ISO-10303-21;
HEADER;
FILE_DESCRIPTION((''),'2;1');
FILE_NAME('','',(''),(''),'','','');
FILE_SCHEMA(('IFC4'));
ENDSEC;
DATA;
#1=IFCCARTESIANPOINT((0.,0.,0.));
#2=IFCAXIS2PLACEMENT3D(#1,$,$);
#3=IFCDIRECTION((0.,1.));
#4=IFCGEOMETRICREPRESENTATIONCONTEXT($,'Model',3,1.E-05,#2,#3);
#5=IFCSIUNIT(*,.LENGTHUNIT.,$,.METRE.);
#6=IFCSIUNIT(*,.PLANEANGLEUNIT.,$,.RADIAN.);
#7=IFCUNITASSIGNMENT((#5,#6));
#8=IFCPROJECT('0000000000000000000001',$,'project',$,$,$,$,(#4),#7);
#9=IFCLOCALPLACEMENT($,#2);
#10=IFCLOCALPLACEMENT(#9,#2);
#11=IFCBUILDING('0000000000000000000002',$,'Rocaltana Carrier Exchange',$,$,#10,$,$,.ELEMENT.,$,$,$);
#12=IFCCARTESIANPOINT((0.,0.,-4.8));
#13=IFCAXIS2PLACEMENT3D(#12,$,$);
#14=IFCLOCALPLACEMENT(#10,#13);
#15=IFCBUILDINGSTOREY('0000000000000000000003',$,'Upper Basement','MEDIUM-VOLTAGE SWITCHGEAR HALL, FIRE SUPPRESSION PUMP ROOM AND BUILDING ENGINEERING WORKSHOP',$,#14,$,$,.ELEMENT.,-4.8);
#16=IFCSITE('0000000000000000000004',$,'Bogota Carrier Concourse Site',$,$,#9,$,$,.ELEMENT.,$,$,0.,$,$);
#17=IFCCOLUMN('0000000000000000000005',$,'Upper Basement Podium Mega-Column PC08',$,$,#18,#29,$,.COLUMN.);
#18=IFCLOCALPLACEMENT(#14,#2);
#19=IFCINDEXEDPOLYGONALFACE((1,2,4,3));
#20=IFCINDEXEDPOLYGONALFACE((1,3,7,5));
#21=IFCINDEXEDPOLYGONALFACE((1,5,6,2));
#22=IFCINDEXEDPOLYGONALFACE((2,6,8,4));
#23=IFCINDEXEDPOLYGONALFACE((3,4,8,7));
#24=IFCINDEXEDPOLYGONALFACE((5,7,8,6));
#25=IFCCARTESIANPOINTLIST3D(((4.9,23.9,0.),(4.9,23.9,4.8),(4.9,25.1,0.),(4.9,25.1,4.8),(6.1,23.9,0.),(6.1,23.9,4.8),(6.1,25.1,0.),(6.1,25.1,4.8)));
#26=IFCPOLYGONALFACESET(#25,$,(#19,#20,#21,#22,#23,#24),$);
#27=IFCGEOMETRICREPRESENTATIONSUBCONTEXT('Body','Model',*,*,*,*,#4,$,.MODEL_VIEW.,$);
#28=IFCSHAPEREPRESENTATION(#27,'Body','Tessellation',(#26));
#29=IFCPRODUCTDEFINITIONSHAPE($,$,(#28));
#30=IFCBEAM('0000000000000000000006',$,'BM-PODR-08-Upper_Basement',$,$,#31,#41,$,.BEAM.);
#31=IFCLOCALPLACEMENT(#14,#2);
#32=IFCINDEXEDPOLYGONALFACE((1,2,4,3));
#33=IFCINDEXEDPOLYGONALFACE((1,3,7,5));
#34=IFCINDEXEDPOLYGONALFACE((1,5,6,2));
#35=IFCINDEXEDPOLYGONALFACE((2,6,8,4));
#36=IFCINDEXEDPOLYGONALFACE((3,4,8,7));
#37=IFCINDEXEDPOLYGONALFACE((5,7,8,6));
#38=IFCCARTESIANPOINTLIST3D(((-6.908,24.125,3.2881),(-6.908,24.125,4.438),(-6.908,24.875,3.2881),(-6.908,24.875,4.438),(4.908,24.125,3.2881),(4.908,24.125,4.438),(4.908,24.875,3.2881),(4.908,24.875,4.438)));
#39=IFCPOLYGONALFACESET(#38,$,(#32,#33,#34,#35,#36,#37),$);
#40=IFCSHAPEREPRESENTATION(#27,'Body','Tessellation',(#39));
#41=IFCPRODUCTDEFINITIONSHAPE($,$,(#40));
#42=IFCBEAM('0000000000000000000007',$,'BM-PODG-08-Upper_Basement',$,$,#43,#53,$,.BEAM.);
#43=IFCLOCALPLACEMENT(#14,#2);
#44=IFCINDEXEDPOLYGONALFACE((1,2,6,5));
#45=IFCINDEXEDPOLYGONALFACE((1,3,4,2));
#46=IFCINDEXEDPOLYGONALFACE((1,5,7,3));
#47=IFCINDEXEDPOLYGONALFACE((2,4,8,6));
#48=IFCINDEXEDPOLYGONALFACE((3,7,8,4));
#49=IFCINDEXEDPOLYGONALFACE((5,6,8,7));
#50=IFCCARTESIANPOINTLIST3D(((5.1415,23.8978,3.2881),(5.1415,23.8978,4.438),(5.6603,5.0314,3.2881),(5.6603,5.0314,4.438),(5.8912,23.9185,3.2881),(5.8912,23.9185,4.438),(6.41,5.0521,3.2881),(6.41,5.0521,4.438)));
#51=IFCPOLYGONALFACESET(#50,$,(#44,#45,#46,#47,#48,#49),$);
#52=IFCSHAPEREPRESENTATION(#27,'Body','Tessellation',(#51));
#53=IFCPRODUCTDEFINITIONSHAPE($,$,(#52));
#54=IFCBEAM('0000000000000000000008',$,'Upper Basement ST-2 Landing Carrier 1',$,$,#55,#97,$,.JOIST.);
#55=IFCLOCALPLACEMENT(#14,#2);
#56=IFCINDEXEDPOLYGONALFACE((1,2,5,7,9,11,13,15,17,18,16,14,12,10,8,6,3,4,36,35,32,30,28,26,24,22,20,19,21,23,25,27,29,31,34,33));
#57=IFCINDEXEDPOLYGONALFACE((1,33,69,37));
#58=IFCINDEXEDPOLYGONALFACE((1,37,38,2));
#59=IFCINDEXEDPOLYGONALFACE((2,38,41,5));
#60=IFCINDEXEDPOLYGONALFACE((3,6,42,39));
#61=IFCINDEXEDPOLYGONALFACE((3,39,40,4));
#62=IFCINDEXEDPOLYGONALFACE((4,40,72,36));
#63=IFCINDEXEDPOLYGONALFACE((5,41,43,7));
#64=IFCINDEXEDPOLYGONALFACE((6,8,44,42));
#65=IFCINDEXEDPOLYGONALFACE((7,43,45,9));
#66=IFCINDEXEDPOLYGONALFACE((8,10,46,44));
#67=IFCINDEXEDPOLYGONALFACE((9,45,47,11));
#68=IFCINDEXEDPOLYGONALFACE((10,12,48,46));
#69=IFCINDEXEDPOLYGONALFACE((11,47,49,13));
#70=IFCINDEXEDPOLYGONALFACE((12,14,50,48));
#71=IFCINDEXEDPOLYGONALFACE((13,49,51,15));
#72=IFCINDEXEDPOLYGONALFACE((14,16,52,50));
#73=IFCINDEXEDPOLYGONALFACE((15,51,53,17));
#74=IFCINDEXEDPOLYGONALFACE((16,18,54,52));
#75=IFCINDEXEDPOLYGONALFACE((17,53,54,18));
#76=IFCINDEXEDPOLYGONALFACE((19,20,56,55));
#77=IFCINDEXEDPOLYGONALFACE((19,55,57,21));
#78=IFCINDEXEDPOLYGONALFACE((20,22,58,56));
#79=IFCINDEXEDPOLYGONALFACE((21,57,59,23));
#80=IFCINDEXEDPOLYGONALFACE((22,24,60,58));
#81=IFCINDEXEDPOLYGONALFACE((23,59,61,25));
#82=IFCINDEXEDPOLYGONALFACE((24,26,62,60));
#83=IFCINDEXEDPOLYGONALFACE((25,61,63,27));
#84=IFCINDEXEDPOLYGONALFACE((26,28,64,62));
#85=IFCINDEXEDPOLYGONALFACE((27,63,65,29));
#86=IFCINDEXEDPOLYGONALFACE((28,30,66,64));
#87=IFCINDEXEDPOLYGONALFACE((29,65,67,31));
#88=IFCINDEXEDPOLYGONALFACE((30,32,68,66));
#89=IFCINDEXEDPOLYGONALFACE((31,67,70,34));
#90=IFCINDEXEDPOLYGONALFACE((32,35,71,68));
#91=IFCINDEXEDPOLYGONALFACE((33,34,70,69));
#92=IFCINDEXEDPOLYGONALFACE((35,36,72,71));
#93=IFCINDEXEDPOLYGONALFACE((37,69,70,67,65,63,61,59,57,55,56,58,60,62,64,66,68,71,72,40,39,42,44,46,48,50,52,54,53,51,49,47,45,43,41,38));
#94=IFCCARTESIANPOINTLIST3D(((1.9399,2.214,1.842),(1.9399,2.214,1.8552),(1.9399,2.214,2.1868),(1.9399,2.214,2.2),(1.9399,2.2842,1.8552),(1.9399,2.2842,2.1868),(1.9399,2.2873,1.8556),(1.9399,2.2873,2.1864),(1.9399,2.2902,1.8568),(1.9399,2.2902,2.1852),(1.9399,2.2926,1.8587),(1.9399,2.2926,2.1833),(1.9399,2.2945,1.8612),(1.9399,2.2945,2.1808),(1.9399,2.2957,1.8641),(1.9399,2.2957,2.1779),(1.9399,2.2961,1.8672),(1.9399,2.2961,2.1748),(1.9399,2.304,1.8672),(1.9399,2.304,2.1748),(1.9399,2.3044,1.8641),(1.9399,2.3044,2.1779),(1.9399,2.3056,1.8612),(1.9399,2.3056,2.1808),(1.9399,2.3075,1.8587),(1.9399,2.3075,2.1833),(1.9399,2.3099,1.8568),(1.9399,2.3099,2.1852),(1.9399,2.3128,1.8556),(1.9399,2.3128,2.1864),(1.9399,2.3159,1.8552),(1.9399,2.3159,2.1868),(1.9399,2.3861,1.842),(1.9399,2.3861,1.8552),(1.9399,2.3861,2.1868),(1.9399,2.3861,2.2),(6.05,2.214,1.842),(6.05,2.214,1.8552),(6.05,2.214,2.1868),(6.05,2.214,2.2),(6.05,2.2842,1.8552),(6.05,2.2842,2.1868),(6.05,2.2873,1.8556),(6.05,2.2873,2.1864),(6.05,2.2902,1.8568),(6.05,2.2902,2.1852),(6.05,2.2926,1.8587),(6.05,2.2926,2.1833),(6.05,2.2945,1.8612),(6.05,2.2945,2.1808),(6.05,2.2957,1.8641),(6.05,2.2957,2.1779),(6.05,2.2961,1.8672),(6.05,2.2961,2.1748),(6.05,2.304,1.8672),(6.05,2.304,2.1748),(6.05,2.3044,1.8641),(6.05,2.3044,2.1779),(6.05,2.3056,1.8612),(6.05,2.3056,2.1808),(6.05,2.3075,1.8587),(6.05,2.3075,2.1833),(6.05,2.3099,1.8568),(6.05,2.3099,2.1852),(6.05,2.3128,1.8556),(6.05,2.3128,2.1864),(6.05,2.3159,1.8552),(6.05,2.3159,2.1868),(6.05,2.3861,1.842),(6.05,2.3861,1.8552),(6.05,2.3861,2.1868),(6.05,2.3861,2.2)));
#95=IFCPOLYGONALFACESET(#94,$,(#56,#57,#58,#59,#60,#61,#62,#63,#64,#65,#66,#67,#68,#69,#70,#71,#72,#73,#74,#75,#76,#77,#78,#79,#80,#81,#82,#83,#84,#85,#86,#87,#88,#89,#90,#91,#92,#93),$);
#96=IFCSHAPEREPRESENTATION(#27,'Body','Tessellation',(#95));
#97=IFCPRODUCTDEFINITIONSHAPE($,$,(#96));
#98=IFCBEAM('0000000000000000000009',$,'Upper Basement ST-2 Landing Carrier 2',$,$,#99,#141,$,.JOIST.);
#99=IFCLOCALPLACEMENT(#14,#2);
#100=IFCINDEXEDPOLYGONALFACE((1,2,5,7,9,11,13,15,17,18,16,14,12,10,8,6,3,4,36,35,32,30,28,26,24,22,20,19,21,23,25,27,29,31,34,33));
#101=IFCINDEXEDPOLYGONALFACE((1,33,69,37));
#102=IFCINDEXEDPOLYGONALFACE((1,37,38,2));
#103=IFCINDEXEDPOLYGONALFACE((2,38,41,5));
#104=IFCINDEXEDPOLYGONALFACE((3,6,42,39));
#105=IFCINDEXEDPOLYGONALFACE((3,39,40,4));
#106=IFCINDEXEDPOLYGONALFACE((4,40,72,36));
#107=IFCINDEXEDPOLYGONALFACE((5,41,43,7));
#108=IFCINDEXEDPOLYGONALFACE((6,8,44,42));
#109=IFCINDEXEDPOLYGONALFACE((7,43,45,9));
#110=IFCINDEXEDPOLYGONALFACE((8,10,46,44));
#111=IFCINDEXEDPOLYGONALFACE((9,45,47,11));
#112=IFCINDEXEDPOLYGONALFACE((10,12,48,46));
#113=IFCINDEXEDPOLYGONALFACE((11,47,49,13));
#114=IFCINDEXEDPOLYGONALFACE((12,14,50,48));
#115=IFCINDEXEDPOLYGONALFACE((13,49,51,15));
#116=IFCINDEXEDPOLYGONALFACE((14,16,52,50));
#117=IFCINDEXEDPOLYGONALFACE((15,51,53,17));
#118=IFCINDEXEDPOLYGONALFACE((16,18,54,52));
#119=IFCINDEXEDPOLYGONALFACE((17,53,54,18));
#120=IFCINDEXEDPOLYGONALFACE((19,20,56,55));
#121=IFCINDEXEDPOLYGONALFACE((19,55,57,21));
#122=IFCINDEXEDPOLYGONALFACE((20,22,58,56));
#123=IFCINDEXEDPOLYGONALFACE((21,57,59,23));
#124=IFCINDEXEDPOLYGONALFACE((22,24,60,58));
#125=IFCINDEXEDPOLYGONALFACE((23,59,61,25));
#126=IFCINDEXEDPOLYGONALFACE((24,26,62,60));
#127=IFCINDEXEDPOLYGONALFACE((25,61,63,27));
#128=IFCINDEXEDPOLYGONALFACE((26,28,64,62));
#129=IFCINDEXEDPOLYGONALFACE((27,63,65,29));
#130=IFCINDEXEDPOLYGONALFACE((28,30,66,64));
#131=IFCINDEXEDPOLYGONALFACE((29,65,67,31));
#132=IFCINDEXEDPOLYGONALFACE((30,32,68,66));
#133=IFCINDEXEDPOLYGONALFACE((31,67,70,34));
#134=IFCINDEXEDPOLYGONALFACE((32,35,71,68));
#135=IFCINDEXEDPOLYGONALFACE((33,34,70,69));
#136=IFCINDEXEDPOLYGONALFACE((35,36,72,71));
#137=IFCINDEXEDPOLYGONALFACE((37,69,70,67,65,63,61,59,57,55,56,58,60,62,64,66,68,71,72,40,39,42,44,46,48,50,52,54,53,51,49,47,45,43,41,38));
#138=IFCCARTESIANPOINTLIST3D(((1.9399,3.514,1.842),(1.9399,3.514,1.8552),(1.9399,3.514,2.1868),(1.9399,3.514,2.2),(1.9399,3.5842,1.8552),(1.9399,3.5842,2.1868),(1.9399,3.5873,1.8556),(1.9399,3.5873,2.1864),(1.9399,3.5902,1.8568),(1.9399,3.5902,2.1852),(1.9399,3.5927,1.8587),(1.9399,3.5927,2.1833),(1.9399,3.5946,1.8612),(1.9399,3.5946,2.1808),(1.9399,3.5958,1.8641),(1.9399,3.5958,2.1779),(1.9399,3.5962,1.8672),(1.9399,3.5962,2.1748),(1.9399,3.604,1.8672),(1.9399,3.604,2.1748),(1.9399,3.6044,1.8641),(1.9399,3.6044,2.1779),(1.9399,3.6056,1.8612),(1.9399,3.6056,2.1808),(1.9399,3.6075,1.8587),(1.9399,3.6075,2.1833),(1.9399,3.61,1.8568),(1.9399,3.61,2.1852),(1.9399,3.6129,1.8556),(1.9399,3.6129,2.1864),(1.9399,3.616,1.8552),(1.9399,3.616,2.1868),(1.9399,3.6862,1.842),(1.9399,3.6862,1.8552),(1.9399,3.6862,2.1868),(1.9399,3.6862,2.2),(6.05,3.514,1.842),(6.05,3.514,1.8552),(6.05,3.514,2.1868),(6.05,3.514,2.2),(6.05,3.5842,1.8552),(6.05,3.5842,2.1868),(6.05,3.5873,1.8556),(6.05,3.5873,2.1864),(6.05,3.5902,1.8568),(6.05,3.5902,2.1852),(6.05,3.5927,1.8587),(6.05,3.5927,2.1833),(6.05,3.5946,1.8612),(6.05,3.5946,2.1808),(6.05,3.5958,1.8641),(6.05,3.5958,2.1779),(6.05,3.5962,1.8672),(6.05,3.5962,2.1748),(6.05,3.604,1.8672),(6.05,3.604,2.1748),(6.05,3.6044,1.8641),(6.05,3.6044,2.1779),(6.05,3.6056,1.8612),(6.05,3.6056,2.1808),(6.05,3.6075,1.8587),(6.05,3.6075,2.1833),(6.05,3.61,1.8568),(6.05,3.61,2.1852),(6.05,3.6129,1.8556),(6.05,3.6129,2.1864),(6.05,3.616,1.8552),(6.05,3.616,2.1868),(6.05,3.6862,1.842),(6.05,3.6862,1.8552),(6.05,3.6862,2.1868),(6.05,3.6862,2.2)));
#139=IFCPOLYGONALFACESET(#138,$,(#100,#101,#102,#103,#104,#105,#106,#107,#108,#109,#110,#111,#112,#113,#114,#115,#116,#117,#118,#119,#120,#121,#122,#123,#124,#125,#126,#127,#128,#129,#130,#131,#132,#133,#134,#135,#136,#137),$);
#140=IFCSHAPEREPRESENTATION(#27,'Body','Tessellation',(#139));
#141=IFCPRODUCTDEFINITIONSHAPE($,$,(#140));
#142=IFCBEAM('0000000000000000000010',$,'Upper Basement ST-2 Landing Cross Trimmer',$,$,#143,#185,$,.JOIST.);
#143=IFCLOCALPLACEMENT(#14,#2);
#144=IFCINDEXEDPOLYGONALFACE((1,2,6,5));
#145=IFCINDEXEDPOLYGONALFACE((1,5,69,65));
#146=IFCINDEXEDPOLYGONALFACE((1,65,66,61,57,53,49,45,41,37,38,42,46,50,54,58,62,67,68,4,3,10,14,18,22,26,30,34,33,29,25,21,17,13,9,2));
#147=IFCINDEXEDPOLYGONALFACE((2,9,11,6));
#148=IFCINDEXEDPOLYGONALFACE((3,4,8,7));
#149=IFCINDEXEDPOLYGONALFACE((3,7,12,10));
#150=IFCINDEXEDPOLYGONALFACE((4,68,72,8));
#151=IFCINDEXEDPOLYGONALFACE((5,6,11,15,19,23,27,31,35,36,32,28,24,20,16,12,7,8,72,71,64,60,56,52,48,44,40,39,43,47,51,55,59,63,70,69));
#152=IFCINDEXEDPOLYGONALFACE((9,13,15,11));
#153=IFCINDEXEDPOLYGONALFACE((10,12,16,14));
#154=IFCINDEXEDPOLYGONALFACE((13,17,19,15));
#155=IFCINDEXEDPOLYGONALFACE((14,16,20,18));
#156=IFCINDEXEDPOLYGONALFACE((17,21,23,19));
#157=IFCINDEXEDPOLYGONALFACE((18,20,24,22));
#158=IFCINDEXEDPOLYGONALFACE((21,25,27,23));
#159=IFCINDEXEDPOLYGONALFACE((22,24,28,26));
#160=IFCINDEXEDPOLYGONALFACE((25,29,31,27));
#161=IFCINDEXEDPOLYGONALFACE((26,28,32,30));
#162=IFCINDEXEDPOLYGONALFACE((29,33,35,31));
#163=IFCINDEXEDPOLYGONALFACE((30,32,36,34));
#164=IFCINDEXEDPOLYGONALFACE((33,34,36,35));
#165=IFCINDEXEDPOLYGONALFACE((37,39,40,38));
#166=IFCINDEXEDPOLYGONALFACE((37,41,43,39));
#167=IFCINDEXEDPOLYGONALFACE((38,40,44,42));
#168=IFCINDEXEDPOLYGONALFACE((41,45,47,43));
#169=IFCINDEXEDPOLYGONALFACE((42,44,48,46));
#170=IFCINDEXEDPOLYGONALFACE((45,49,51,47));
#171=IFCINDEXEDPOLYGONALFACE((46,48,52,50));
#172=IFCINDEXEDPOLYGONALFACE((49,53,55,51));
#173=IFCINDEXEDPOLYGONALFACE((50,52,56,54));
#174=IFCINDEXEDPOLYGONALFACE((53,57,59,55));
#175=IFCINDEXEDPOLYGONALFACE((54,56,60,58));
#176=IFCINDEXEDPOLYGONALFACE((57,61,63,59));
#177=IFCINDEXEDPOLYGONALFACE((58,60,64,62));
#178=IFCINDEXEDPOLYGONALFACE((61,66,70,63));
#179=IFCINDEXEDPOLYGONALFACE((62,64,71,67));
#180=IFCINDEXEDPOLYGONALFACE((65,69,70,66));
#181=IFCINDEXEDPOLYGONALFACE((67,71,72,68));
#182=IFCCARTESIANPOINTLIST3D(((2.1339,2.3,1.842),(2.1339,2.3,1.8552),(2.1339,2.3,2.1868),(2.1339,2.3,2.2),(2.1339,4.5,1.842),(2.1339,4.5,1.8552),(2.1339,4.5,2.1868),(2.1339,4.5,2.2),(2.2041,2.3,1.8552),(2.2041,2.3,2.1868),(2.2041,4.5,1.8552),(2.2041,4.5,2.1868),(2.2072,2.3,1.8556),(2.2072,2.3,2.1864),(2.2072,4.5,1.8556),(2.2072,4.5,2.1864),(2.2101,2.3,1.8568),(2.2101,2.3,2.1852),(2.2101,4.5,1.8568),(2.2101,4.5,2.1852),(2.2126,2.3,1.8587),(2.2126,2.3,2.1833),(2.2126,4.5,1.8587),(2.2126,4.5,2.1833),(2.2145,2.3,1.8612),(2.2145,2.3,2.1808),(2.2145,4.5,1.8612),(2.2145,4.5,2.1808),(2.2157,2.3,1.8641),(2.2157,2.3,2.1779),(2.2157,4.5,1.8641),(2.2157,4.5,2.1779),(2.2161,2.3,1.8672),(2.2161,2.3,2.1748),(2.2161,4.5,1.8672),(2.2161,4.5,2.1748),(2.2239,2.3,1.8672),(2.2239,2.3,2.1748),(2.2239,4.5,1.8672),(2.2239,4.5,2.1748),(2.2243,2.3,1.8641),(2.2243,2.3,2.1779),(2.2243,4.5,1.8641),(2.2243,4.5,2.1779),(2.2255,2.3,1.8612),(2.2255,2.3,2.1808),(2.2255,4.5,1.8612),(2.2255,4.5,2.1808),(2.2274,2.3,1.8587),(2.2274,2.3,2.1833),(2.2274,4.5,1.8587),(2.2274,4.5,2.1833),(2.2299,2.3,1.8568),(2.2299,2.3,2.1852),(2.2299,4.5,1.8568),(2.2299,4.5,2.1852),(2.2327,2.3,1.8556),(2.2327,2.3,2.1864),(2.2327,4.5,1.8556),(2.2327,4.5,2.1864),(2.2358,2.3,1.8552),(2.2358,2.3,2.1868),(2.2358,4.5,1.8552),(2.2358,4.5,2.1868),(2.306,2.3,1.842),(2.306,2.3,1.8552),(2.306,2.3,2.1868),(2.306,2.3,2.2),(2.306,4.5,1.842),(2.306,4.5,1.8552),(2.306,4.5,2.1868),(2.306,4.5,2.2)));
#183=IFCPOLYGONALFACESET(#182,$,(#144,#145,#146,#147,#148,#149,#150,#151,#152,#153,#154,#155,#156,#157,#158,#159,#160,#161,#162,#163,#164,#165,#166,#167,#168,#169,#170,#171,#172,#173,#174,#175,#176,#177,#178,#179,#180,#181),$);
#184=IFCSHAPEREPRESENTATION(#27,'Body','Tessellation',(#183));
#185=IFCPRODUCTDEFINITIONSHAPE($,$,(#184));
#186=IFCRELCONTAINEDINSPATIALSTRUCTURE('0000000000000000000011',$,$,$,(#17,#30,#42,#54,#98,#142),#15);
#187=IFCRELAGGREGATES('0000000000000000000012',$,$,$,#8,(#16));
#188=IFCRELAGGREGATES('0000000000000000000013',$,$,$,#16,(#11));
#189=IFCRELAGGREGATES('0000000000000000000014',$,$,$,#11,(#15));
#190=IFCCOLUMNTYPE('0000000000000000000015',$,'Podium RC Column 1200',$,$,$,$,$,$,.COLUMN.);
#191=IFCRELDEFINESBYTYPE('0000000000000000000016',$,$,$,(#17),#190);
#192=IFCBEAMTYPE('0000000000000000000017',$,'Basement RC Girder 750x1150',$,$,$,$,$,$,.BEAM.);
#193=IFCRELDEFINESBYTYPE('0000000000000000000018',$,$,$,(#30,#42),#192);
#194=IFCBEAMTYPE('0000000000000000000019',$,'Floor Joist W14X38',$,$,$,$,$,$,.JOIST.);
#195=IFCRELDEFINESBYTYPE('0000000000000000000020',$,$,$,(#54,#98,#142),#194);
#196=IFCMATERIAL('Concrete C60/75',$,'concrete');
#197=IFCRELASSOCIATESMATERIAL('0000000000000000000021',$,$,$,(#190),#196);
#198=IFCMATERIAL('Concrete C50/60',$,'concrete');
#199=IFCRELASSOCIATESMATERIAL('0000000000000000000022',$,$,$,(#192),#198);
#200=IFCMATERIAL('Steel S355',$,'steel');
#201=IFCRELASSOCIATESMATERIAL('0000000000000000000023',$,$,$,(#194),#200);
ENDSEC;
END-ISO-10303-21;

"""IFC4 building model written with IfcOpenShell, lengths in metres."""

from ifc_helpers import new_model, si_unit, direction, frame, origin, origin_2d, place, context, subcontext, project, spatial, rectangle, i_section, extrude, material, material_profile, profile_set, type_object, element, save


model = new_model("IFC4")

# Units and contexts
model_context = context("Model", 3, precision=1e-05, world=origin(), true_north=direction((0.0, 1.0)))
body_context = subcontext(model_context, "Body", "Model", "MODEL_VIEW")
ifc_project = project(units=[si_unit("LENGTHUNIT", "METRE"), si_unit("PLANEANGLEUNIT", "RADIAN")], contexts=[model_context])

# Site, building, storey
site_placement = place(None, origin())
site = spatial("IfcSite", under=ifc_project, at=site_placement, Name="Bogota Carrier Concourse Site", CompositionType="ELEMENT", RefElevation=0.0)
building_placement = place(site_placement, origin())
building = spatial("IfcBuilding", under=site, at=building_placement, Name="Rocaltana Carrier Exchange", CompositionType="ELEMENT")
storey_placement = place(building_placement, frame((0.0, 0.0, -4.8)))
storey = spatial("IfcBuildingStorey", under=building, at=storey_placement, Name="Upper Basement", Description="MEDIUM-VOLTAGE SWITCHGEAR HALL, FIRE SUPPRESSION PUMP ROOM AND BUILDING ENGINEERING WORKSHOP", CompositionType="ELEMENT", Elevation=-4.8)

# Column
ifc_material_1 = material(Name="Concrete C60/75", Category="concrete")
ifc_material_profile_1 = material_profile(ifc_material_1, rectangle(XDim=1.2, YDim=1.2, at=origin_2d()), Name="RC-COL-1200X1200")
ifc_profile_set_1 = profile_set([ifc_material_profile_1], Name="Concrete C60/75")
column_type = type_object("IfcColumnType", Name="Podium RC Column 1200", PredefinedType="COLUMN", material=ifc_profile_set_1)
column_placement = place(storey_placement, frame((5.5, 24.5, 0.0), z_axis=(0.0, 0.0, 1.0), x_axis=(1.0, 0.0, 0.0)))
element("IfcColumn", 1, at=column_placement, inside=storey, type_object=column_type, Name="Upper Basement Podium Mega-Column PC08", PredefinedType="COLUMN", context=body_context, shape_type="SweptSolid", body=[
    extrude(rectangle(XDim=1.2, YDim=1.2, at=origin_2d()), origin(), (0.0, 0.0, 1.0), 4.8),
])

# Beams
ifc_material_2 = material(Name="Concrete C50/60", Category="concrete")
ifc_material_profile_2 = material_profile(ifc_material_2, rectangle(XDim=0.75, YDim=1.1499, at=origin_2d()), Name="RC-BM-750X1150")
ifc_profile_set_2 = profile_set([ifc_material_profile_2], Name="Concrete C50/60")
beam_type_1 = type_object("IfcBeamType", Name="Basement RC Girder 750x1150", PredefinedType="BEAM", material=ifc_profile_set_2)
beam_1_placement = place(storey_placement, frame((4.908, 24.5, 3.863), z_axis=(-1.0, 0.0, 0.0), x_axis=(0.0, -1.0, 0.0)))
element("IfcBeam", 2, at=beam_1_placement, inside=storey, type_object=beam_type_1, Name="BM-PODR-08-Upper_Basement", PredefinedType="BEAM", context=body_context, shape_type="SweptSolid", body=[
    extrude(rectangle(XDim=0.75, YDim=1.1499, at=origin_2d()), origin(), (0.0, 0.0, 1.0), 11.8159),
])
beam_2_placement = place(storey_placement, frame((6.0352, 5.0417, 3.863), z_axis=(-0.027488, 0.999622, 0.0), x_axis=(-0.999622, -0.027488, 0.0)))
element("IfcBeam", 3, at=beam_2_placement, inside=storey, type_object=beam_type_1, Name="BM-PODG-08-Upper_Basement", PredefinedType="BEAM", context=body_context, shape_type="SweptSolid", body=[
    extrude(rectangle(XDim=0.75, YDim=1.1499, at=origin_2d()), origin(), (0.0, 0.0, 1.0), 18.8735),
])
ifc_material_3 = material(Name="Steel S355", Category="steel")
ifc_material_profile_3 = material_profile(ifc_material_3, i_section(OverallWidth=0.1721, OverallDepth=0.3579, WebThickness=0.0078, FlangeThickness=0.0132, FilletRadius=0.012, at=origin_2d()), Name="W14X38")
ifc_profile_set_3 = profile_set([ifc_material_profile_3], Name="Steel S355")
beam_type_2 = type_object("IfcBeamType", Name="Floor Joist W14X38", PredefinedType="JOIST", material=ifc_profile_set_3)
for number, where, z_axis, x_axis, name in (
    (4, (1.9399, 2.3, 2.021), (1.0, 0.0, 0.0), (0.0, 1.0, 0.0), "Upper Basement ST-2 Landing Carrier 1"),
    (5, (1.9399, 3.6001, 2.021), (1.0, 0.0, 0.0), (0.0, 1.0, 0.0), "Upper Basement ST-2 Landing Carrier 2"),
):
    element("IfcBeam", number, at=place(storey_placement, frame(where, z_axis=z_axis, x_axis=x_axis)), inside=storey, type_object=beam_type_2, Name=name, PredefinedType="JOIST", context=body_context, shape_type="SweptSolid", body=[
        extrude(i_section(OverallWidth=0.1721, OverallDepth=0.3579, WebThickness=0.0078, FlangeThickness=0.0132, FilletRadius=0.012, at=origin_2d()), origin(), (0.0, 0.0, 1.0), 4.1101),
    ])
beam_3_placement = place(storey_placement, frame((2.22, 2.3, 2.021), z_axis=(0.0, 1.0, 0.0), x_axis=(-1.0, 0.0, 0.0)))
element("IfcBeam", 6, at=beam_3_placement, inside=storey, type_object=beam_type_2, Name="Upper Basement ST-2 Landing Cross Trimmer", PredefinedType="JOIST", context=body_context, shape_type="SweptSolid", body=[
    extrude(i_section(OverallWidth=0.1721, OverallDepth=0.3579, WebThickness=0.0078, FlangeThickness=0.0132, FilletRadius=0.012, at=origin_2d()), origin(), (0.0, 0.0, 1.0), 2.2),
])

save(model, "model.ifc")
